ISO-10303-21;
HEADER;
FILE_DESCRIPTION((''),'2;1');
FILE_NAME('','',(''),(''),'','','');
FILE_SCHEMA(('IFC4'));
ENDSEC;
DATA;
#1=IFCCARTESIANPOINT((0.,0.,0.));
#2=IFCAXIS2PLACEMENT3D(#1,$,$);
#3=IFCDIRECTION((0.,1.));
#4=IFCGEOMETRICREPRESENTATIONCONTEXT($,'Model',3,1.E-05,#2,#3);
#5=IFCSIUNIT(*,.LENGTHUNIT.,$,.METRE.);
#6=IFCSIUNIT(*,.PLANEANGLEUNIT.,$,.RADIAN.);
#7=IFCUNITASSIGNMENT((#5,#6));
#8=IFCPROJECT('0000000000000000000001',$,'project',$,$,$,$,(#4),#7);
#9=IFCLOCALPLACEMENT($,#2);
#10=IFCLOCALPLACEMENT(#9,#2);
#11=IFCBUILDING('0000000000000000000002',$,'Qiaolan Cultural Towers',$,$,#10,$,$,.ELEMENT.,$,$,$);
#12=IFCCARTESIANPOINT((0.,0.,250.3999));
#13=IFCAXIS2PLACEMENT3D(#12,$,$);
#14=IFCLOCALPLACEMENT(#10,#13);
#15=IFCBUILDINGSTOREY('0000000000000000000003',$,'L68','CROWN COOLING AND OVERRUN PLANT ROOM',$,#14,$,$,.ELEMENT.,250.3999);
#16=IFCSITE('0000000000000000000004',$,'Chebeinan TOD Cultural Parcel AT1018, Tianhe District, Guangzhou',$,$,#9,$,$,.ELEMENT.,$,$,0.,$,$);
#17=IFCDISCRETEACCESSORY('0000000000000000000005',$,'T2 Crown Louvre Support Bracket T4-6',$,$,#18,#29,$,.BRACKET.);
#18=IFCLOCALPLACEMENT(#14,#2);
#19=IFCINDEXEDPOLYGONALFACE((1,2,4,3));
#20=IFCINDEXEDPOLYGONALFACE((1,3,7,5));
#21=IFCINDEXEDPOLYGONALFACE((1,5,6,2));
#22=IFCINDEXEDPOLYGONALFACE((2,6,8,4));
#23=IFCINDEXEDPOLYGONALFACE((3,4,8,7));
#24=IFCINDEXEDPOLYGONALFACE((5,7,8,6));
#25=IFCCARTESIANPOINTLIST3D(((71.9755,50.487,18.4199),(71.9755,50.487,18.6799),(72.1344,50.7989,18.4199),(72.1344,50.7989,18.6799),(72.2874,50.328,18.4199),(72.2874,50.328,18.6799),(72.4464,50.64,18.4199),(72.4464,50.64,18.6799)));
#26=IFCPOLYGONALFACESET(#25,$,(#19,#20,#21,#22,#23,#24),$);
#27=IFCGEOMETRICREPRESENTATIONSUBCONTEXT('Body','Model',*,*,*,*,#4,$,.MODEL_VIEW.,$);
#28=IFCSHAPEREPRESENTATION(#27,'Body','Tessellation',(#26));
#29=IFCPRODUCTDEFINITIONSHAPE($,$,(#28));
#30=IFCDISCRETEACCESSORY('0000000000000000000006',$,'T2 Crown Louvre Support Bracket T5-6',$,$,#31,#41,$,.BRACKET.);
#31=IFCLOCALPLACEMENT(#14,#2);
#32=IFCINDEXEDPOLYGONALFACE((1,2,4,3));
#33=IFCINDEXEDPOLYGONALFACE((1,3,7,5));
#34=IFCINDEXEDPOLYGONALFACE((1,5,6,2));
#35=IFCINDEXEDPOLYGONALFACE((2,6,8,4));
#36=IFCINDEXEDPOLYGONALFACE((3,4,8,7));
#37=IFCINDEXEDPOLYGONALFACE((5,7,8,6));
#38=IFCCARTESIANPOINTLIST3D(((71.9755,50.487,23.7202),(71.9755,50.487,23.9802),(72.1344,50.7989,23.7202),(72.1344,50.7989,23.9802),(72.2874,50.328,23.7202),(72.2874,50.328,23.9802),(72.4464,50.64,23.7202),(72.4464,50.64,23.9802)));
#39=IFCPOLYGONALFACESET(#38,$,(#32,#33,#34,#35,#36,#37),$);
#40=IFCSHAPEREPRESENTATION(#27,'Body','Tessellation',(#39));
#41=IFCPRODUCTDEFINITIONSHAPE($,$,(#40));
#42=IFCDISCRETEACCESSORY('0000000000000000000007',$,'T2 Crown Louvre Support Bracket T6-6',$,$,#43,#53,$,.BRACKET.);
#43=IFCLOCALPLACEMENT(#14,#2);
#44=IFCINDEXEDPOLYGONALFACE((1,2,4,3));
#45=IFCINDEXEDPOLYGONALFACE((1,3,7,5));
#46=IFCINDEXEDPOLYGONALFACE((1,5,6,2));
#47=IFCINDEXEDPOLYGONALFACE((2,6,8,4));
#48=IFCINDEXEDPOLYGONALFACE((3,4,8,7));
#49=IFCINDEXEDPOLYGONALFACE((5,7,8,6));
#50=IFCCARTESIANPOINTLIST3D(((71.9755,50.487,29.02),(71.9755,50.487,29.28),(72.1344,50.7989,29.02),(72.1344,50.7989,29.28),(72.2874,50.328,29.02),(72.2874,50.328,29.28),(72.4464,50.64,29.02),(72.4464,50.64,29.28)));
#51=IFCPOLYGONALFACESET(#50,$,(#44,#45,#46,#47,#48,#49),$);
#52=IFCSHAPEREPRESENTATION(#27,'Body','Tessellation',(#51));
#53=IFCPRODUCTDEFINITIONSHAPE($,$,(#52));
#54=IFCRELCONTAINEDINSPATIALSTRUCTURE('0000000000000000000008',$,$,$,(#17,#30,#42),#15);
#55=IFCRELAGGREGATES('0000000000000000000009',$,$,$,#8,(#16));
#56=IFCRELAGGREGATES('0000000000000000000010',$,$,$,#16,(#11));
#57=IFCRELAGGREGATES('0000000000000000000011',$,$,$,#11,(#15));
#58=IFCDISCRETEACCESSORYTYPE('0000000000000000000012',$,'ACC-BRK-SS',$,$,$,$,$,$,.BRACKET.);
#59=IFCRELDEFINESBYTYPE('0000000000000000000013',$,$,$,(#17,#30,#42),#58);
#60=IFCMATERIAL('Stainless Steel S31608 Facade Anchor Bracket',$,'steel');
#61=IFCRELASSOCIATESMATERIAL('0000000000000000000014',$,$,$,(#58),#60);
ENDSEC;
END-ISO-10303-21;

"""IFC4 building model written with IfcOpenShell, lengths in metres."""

from ifc_helpers import new_model, si_unit, direction, frame, origin, origin_2d, place, context, subcontext, project, spatial, rectangle, extrude, material, type_object, element, save


model = new_model("IFC4")

# Units and contexts
model_context = context("Model", 3, precision=1e-05, world=origin(), true_north=direction((0.0, 1.0)))
body_context = subcontext(model_context, "Body", "Model", "MODEL_VIEW")
ifc_project = project(units=[si_unit("LENGTHUNIT", "METRE"), si_unit("PLANEANGLEUNIT", "RADIAN")], contexts=[model_context])

# Site, building, storey
site_placement = place(None, origin())
site = spatial("IfcSite", under=ifc_project, at=site_placement, Name="Chebeinan TOD Cultural Parcel AT1018, Tianhe District, Guangzhou", CompositionType="ELEMENT", RefElevation=0.0)
building_placement = place(site_placement, origin())
building = spatial("IfcBuilding", under=site, at=building_placement, Name="Qiaolan Cultural Towers", CompositionType="ELEMENT")
storey_placement = place(building_placement, frame((0.0, 0.0, 250.3999)))
storey = spatial("IfcBuildingStorey", under=building, at=storey_placement, Name="L68", Description="CROWN COOLING AND OVERRUN PLANT ROOM", CompositionType="ELEMENT", Elevation=250.3999)

# Discrete accessories
ifc_material_1 = material(Name="Stainless Steel S31608 Facade Anchor Bracket", Category="steel")
discrete_accessory_type = type_object("IfcDiscreteAccessoryType", Name="ACC-BRK-SS", PredefinedType="BRACKET", material=ifc_material_1)
for number, where, z_axis, x_axis, name in (
    (1, (72.2109, 50.5635, 18.4199), (0.0, 0.0, 1.0), (-0.453991, -0.891006, 0.0), "T2 Crown Louvre Support Bracket T4-6"),
    (2, (72.2109, 50.5635, 23.7202), (0.0, 0.0, 1.0), (-0.453991, -0.891006, 0.0), "T2 Crown Louvre Support Bracket T5-6"),
    (3, (72.2109, 50.5635, 29.02), (0.0, 0.0, 1.0), (-0.453991, -0.891006, 0.0), "T2 Crown Louvre Support Bracket T6-6"),
):
    element("IfcDiscreteAccessory", number, at=place(storey_placement, frame(where, z_axis=z_axis, x_axis=x_axis)), inside=storey, type_object=discrete_accessory_type, Name=name, PredefinedType="BRACKET", context=body_context, shape_type="SweptSolid", body=[
        extrude(rectangle(XDim=0.3501, YDim=0.3501, at=origin_2d()), origin(), (0.0, 0.0, 1.0), 0.26),
    ])

save(model, "model.ifc")
